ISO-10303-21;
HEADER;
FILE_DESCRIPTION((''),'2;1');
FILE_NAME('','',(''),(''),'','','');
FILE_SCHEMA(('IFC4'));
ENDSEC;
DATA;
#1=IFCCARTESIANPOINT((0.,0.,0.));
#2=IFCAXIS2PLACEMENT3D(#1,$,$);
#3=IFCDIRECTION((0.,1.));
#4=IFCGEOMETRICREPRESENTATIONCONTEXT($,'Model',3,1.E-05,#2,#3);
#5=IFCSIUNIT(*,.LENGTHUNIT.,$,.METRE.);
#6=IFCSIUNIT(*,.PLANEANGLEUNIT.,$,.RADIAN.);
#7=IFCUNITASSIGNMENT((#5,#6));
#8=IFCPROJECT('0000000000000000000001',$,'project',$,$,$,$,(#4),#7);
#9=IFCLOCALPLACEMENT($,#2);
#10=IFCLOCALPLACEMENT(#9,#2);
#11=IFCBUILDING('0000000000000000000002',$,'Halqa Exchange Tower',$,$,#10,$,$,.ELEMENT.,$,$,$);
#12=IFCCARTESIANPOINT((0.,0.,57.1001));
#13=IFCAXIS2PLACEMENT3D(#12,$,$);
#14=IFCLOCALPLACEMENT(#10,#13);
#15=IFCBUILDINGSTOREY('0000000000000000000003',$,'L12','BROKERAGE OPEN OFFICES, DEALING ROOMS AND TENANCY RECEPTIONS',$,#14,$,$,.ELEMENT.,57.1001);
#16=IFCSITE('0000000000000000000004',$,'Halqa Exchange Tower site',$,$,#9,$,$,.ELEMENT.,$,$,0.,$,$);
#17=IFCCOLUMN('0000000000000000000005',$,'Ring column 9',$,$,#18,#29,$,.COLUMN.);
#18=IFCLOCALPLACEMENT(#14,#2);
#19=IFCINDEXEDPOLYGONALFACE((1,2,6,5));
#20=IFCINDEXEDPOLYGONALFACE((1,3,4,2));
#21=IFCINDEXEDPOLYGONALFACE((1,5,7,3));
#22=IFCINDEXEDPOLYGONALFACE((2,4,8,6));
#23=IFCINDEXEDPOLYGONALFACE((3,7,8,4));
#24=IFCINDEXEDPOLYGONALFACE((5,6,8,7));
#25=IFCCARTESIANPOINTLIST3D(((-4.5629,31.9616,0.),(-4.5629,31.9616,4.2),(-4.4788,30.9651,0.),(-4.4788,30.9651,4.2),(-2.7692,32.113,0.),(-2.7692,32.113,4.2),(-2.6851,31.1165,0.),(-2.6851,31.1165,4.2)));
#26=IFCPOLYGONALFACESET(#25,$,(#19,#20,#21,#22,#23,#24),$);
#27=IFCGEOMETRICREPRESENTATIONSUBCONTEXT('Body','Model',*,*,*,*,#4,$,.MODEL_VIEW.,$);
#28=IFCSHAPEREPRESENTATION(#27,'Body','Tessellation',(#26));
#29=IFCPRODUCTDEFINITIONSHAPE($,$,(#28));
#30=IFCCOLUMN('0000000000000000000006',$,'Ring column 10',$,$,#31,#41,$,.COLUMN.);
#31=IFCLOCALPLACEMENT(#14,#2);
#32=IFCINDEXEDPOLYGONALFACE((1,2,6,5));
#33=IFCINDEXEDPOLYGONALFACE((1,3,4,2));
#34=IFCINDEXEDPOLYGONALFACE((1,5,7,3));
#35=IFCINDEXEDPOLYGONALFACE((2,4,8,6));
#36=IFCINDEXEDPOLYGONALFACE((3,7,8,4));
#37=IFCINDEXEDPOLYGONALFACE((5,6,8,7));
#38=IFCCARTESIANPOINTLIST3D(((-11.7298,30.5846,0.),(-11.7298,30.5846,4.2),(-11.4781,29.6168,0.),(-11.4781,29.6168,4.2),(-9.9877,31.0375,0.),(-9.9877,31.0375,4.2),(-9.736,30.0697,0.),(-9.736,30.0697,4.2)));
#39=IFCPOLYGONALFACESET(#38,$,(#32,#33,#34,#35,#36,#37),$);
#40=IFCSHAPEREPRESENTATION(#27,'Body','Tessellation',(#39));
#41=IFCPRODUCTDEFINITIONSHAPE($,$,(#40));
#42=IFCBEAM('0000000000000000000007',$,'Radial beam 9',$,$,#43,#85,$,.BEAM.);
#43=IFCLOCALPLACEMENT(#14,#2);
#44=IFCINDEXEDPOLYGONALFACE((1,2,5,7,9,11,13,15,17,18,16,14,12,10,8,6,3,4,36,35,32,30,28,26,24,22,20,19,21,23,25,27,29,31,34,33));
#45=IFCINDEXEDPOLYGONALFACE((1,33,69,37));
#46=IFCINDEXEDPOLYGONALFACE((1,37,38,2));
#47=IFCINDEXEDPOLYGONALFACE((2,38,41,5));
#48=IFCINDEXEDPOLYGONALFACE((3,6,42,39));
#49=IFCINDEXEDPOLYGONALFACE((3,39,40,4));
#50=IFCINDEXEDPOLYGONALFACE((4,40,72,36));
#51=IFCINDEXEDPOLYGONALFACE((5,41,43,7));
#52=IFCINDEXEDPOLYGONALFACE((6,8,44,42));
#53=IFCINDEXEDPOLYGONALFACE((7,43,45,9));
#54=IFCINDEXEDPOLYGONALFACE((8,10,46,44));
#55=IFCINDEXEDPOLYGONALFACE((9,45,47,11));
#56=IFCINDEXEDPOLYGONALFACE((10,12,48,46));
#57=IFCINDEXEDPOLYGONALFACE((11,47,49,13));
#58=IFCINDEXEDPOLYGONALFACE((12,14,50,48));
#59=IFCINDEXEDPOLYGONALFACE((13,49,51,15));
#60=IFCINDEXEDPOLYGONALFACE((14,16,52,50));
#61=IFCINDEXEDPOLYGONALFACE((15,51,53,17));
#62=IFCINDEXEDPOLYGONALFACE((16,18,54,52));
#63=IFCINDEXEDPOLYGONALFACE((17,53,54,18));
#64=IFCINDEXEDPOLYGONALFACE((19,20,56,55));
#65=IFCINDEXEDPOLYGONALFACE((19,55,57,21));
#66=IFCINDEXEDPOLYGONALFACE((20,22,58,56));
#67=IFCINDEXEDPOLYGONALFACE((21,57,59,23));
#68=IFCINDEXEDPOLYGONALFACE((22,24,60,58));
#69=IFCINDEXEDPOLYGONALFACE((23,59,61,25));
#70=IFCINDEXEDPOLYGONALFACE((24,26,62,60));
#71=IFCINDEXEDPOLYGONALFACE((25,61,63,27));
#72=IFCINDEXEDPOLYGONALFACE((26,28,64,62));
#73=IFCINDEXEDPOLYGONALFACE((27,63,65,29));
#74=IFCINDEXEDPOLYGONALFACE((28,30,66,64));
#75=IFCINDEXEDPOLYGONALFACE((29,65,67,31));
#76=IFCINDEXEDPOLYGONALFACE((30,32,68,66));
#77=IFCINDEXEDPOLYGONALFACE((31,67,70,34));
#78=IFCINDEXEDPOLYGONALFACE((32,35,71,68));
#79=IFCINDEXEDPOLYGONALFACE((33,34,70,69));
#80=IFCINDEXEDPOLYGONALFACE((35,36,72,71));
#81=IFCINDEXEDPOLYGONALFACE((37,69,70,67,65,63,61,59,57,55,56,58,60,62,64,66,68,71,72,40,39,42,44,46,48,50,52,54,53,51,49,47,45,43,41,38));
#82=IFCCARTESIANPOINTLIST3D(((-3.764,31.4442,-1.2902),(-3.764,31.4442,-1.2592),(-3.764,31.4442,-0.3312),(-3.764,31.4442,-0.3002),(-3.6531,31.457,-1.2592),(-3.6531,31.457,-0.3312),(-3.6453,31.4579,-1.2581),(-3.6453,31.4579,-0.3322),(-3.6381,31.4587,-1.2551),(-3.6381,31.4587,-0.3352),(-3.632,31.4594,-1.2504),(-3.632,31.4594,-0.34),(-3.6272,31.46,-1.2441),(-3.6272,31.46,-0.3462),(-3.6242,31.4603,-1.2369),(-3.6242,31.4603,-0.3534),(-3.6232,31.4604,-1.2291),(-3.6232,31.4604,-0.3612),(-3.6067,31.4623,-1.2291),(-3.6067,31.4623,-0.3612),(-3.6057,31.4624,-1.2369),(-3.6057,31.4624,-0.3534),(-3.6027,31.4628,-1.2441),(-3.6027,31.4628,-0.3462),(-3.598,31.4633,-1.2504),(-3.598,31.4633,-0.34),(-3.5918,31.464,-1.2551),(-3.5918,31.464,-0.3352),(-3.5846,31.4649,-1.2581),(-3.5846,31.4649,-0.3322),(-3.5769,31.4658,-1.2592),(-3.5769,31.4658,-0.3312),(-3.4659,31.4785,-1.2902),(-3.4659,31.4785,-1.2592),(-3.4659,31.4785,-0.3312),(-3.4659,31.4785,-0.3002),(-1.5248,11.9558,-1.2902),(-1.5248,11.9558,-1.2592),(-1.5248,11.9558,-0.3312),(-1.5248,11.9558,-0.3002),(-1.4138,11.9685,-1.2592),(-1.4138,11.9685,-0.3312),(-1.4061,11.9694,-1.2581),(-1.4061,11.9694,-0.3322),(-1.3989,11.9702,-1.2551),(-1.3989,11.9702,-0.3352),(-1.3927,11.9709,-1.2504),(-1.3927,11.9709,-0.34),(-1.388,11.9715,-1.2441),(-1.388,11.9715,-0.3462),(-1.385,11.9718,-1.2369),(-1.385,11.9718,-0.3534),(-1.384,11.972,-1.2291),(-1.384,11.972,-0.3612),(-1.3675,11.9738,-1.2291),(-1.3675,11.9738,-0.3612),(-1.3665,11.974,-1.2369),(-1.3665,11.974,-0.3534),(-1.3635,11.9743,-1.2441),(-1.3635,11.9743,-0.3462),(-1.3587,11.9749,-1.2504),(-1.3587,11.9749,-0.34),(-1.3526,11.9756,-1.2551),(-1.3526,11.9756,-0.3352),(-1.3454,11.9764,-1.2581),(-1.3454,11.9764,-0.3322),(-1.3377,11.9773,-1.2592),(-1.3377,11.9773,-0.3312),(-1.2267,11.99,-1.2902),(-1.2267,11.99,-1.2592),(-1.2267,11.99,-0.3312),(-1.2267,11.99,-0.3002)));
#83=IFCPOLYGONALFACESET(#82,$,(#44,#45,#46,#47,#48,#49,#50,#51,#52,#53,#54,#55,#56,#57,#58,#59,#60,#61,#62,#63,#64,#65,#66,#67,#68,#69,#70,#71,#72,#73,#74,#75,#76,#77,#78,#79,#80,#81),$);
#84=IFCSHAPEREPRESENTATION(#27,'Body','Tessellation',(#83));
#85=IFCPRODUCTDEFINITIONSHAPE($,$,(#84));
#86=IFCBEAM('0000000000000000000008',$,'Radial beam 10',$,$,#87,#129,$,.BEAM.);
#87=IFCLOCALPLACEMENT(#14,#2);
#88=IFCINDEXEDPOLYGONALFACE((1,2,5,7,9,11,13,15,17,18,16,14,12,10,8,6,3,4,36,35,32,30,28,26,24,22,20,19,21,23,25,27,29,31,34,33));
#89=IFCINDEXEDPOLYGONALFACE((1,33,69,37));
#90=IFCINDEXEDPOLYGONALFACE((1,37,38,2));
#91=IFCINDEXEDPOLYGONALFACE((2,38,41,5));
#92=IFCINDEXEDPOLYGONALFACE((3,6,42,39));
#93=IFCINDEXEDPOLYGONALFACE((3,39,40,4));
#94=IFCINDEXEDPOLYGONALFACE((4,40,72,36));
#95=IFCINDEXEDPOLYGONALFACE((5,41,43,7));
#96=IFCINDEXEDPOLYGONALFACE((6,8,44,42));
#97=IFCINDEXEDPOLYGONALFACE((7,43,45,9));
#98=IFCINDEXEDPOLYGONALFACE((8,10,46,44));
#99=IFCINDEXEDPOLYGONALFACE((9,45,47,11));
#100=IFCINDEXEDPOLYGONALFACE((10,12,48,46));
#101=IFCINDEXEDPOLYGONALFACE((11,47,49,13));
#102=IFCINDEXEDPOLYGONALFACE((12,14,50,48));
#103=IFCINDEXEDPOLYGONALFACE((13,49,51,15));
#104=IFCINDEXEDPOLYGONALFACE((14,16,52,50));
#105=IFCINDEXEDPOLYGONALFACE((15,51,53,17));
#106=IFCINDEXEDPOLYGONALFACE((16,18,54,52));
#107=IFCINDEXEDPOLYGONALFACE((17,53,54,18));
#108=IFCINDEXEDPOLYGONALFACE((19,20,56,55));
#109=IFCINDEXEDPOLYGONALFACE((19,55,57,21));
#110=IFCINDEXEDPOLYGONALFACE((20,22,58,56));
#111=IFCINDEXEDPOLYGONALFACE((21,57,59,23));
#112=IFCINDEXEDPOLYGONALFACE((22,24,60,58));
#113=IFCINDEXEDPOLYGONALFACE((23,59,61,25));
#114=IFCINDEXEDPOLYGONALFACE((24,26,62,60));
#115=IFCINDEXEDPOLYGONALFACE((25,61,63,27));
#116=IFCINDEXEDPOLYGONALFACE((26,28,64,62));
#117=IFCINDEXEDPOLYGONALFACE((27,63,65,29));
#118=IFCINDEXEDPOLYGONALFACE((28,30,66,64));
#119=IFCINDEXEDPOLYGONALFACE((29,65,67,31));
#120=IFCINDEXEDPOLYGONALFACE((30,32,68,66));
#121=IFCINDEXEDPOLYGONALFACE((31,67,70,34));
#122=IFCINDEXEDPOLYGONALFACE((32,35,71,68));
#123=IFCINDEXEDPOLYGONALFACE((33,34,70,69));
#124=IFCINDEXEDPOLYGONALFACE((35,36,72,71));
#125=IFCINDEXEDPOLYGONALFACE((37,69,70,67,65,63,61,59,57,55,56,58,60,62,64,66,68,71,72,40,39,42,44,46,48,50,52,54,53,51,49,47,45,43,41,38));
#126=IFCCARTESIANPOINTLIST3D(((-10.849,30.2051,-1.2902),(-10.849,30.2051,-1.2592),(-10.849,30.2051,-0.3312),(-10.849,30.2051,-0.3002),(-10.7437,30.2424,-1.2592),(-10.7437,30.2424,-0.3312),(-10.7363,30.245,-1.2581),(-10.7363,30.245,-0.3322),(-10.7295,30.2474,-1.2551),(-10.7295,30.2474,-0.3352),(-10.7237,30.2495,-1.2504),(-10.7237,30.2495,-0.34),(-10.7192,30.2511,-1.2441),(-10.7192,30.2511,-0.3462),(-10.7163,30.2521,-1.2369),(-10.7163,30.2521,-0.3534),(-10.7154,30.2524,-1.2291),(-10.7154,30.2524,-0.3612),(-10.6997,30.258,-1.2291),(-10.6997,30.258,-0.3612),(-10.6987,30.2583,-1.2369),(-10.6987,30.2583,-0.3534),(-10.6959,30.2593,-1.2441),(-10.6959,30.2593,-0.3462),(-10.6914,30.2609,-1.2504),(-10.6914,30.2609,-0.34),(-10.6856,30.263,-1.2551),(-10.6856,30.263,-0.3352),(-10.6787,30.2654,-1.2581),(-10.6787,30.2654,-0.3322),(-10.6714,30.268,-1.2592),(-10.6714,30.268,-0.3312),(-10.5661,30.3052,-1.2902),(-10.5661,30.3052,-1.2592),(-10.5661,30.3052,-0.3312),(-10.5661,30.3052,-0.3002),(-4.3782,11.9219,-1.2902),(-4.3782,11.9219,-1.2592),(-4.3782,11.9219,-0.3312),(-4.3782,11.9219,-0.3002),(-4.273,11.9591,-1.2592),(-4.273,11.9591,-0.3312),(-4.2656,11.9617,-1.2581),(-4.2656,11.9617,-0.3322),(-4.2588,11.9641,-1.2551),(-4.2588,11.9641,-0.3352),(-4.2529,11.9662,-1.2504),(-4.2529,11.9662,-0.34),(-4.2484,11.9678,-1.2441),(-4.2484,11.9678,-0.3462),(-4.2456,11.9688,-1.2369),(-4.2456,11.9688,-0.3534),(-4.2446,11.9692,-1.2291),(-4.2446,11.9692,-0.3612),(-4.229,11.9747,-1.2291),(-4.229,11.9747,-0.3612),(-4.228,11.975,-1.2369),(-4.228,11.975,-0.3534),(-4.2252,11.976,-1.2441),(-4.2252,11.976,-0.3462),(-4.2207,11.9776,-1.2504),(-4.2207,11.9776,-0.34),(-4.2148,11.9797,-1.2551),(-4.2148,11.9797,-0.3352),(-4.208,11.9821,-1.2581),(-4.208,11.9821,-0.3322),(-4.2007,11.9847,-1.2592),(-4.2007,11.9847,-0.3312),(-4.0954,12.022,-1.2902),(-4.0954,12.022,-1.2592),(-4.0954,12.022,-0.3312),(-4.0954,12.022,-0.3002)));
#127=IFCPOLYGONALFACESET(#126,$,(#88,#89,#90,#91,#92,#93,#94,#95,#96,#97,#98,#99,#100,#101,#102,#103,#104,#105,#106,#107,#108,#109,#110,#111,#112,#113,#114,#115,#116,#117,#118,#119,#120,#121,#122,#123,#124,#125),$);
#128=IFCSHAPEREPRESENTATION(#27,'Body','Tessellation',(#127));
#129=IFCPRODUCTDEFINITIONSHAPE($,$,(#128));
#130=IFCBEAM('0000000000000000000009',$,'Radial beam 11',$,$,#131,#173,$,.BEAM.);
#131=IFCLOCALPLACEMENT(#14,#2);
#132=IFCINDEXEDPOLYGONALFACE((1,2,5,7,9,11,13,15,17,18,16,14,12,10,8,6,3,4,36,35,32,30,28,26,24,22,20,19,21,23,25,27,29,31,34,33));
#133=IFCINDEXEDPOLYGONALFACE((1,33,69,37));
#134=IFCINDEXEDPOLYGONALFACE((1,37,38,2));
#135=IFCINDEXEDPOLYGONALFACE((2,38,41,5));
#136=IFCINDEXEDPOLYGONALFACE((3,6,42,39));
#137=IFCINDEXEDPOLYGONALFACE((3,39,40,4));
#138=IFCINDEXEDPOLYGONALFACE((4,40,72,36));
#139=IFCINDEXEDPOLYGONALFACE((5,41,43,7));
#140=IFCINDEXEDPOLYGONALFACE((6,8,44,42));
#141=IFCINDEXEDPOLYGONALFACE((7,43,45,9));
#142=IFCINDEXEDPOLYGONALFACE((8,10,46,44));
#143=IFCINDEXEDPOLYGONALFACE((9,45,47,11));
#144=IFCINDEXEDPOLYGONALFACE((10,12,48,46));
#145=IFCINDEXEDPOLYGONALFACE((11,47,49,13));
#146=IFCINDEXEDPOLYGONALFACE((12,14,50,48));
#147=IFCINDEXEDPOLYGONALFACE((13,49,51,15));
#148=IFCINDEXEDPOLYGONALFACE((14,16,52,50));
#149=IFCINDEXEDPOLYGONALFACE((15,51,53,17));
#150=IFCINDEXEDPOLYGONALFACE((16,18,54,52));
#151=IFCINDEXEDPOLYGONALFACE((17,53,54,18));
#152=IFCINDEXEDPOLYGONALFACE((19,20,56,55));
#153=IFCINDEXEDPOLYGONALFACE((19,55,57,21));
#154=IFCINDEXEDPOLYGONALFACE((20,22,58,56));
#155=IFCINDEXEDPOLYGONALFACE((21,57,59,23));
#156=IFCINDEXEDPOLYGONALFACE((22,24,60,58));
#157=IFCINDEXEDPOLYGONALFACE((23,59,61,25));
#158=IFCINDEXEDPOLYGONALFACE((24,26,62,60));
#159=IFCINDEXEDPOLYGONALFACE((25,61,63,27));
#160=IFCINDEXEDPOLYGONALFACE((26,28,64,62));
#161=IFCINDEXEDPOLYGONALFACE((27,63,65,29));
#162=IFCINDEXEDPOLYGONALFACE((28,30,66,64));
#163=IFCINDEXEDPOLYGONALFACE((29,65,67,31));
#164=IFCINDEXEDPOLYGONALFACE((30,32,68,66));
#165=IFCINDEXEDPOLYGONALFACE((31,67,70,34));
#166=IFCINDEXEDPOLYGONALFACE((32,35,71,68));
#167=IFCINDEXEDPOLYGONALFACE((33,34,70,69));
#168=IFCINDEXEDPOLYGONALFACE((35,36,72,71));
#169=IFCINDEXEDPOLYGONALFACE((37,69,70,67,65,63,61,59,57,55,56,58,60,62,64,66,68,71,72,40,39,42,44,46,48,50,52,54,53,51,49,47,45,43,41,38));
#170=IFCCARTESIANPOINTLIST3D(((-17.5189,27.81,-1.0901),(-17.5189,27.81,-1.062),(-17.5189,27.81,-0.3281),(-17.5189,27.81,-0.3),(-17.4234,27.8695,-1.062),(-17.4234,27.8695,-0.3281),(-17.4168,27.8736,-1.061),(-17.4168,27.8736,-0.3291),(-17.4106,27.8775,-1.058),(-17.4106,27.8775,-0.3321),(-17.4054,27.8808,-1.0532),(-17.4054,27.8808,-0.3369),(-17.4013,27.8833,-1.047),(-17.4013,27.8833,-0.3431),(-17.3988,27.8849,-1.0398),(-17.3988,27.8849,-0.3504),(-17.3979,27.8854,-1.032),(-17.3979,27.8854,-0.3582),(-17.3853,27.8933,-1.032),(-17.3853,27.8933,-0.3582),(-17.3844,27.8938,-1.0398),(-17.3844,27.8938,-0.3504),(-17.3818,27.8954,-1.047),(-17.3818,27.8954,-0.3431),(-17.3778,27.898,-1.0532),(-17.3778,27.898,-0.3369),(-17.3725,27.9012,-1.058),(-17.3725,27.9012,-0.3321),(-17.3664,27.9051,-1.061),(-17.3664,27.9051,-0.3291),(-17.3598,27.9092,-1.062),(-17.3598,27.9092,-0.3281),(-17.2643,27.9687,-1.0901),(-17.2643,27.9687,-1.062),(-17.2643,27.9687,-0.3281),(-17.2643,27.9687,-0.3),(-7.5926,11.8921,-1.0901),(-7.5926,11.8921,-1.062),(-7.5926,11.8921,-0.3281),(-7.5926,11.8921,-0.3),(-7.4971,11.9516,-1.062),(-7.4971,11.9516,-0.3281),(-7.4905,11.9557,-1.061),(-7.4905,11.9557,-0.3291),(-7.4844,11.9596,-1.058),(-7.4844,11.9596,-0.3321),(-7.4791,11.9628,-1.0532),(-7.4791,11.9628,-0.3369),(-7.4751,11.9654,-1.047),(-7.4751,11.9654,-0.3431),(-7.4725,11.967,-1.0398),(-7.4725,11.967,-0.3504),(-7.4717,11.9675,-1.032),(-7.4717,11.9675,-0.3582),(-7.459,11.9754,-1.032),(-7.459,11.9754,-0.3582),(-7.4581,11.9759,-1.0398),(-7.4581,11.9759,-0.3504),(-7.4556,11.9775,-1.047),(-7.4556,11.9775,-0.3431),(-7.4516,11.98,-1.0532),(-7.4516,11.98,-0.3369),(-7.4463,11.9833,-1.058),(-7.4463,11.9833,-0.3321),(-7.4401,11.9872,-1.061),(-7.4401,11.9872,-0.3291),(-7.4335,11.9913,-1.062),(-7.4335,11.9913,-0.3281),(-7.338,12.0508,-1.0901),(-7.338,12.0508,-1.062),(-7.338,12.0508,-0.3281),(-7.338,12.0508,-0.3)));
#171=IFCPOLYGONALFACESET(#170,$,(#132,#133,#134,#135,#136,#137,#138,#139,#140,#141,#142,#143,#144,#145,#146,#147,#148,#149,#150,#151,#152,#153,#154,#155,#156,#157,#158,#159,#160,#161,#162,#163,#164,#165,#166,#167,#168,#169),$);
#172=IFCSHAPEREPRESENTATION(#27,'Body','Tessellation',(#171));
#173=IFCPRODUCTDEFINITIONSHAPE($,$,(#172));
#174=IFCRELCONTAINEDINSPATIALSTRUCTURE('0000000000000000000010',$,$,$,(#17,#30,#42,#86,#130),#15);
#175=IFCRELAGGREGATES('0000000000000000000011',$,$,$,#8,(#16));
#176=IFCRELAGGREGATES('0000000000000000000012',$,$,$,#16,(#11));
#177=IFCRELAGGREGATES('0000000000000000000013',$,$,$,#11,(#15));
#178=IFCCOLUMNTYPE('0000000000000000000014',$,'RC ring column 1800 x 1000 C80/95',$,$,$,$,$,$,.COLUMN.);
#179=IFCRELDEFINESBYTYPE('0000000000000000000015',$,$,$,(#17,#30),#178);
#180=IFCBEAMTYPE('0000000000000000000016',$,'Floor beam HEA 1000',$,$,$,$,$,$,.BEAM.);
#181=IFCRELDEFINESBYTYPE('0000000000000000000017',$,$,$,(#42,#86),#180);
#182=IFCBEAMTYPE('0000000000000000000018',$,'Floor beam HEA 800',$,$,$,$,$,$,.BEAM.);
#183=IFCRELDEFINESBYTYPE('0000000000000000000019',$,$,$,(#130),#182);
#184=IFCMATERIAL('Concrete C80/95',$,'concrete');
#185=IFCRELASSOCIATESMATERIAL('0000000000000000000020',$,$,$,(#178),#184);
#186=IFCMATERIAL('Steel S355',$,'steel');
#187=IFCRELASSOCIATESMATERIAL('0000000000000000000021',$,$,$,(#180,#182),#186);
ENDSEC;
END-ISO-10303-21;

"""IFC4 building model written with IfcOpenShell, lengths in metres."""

from ifc_helpers import new_model, si_unit, direction, frame, origin, origin_2d, place, context, subcontext, project, spatial, rectangle, i_section, extrude, material, material_profile, profile_set, type_object, element, save


model = new_model("IFC4")

# Units and contexts
model_context = context("Model", 3, precision=1e-05, world=origin(), true_north=direction((0.0, 1.0)))
body_context = subcontext(model_context, "Body", "Model", "MODEL_VIEW")
ifc_project = project(units=[si_unit("LENGTHUNIT", "METRE"), si_unit("PLANEANGLEUNIT", "RADIAN")], contexts=[model_context])

# Site, building, storey
site_placement = place(None, origin())
site = spatial("IfcSite", under=ifc_project, at=site_placement, Name="Halqa Exchange Tower site", CompositionType="ELEMENT", RefElevation=0.0)
building_placement = place(site_placement, origin())
building = spatial("IfcBuilding", under=site, at=building_placement, Name="Halqa Exchange Tower", CompositionType="ELEMENT")
storey_placement = place(building_placement, frame((0.0, 0.0, 57.1001)))
storey = spatial("IfcBuildingStorey", under=building, at=storey_placement, Name="L12", Description="BROKERAGE OPEN OFFICES, DEALING ROOMS AND TENANCY RECEPTIONS", CompositionType="ELEMENT", Elevation=57.1001)

# Columns
ifc_material_1 = material(Name="Concrete C80/95", Category="concrete")
ifc_material_profile_1 = material_profile(ifc_material_1, rectangle(XDim=1.8, YDim=1.0, at=origin_2d()), Name="1800 x 1000")
ifc_profile_set_1 = profile_set([ifc_material_profile_1], Name="Concrete C80/95")
column_type = type_object("IfcColumnType", Name="RC ring column 1800 x 1000 C80/95", PredefinedType="COLUMN", material=ifc_profile_set_1)
for number, where, z_axis, x_axis, name in (
    (1, (-3.624, 31.5391, 0.0), (0.0, 0.0, 1.0), (-0.996456, -0.08412, 0.0), "Ring column 9"),
    (2, (-10.7329, 30.3271, 0.0), (0.0, 0.0, 1.0), (-0.96782, -0.251644, 0.0), "Ring column 10"),
):
    element("IfcColumn", number, at=place(storey_placement, frame(where, z_axis=z_axis, x_axis=x_axis)), inside=storey, type_object=column_type, Name=name, PredefinedType="COLUMN", context=body_context, shape_type="SweptSolid", body=[
        extrude(rectangle(XDim=1.8, YDim=1.0, at=origin_2d()), origin(), (0.0, 0.0, 1.0), 4.2),
    ])

# Beams
ifc_material_2 = material(Name="Steel S355", Category="steel")
ifc_material_profile_2 = material_profile(ifc_material_2, i_section(OverallWidth=0.3, OverallDepth=0.99, WebThickness=0.0166, FlangeThickness=0.031, FilletRadius=0.03, at=origin_2d()), Name="HEA 1000")
ifc_profile_set_2 = profile_set([ifc_material_profile_2], Name="Steel S355")
beam_type_1 = type_object("IfcBeamType", Name="Floor beam HEA 1000", PredefinedType="BEAM", material=ifc_profile_set_2)
beam_1_placement = place(storey_placement, frame((-1.3757, 11.9729, -0.7952), z_axis=(-0.11415, 0.993463, 0.0), x_axis=(-0.993463, -0.11415, 0.0)))
element("IfcBeam", 3, at=beam_1_placement, inside=storey, type_object=beam_type_1, Name="Radial beam 9", PredefinedType="BEAM", context=body_context, shape_type="SweptSolid", body=[
    extrude(i_section(OverallWidth=0.3, OverallDepth=0.99, WebThickness=0.0166, FlangeThickness=0.031, FilletRadius=0.03, at=origin_2d()), origin(), (0.0, 0.0, 1.0), 19.6167),
])
beam_2_placement = place(storey_placement, frame((-4.2368, 11.9719, -0.7952), z_axis=(-0.333636, 0.942702, 0.0), x_axis=(-0.942702, -0.333636, 0.0)))
element("IfcBeam", 4, at=beam_2_placement, inside=storey, type_object=beam_type_1, Name="Radial beam 10", PredefinedType="BEAM", context=body_context, shape_type="SweptSolid", body=[
    extrude(i_section(OverallWidth=0.3, OverallDepth=0.99, WebThickness=0.0166, FlangeThickness=0.031, FilletRadius=0.03, at=origin_2d()), origin(), (0.0, 0.0, 1.0), 19.3945),
])
ifc_material_profile_3 = material_profile(ifc_material_2, i_section(OverallWidth=0.3, OverallDepth=0.79, WebThickness=0.0149, FlangeThickness=0.0281, FilletRadius=0.03, at=origin_2d()), Name="HEA 800")
ifc_profile_set_3 = profile_set([ifc_material_profile_3], Name="Steel S355")
beam_type_2 = type_object("IfcBeamType", Name="Floor beam HEA 800", PredefinedType="BEAM", material=ifc_profile_set_3)
beam_3_placement = place(storey_placement, frame((-7.4653, 11.9714, -0.6951), z_axis=(-0.529138, 0.848536, 0.0), x_axis=(-0.848536, -0.529138, 0.0)))
element("IfcBeam", 5, at=beam_3_placement, inside=storey, type_object=beam_type_2, Name="Radial beam 11", PredefinedType="BEAM", context=body_context, shape_type="SweptSolid", body=[
    extrude(i_section(OverallWidth=0.3, OverallDepth=0.79, WebThickness=0.0149, FlangeThickness=0.0281, FilletRadius=0.03, at=origin_2d()), origin(), (0.0, 0.0, 1.0), 18.7593),
])

save(model, "model.ifc")
